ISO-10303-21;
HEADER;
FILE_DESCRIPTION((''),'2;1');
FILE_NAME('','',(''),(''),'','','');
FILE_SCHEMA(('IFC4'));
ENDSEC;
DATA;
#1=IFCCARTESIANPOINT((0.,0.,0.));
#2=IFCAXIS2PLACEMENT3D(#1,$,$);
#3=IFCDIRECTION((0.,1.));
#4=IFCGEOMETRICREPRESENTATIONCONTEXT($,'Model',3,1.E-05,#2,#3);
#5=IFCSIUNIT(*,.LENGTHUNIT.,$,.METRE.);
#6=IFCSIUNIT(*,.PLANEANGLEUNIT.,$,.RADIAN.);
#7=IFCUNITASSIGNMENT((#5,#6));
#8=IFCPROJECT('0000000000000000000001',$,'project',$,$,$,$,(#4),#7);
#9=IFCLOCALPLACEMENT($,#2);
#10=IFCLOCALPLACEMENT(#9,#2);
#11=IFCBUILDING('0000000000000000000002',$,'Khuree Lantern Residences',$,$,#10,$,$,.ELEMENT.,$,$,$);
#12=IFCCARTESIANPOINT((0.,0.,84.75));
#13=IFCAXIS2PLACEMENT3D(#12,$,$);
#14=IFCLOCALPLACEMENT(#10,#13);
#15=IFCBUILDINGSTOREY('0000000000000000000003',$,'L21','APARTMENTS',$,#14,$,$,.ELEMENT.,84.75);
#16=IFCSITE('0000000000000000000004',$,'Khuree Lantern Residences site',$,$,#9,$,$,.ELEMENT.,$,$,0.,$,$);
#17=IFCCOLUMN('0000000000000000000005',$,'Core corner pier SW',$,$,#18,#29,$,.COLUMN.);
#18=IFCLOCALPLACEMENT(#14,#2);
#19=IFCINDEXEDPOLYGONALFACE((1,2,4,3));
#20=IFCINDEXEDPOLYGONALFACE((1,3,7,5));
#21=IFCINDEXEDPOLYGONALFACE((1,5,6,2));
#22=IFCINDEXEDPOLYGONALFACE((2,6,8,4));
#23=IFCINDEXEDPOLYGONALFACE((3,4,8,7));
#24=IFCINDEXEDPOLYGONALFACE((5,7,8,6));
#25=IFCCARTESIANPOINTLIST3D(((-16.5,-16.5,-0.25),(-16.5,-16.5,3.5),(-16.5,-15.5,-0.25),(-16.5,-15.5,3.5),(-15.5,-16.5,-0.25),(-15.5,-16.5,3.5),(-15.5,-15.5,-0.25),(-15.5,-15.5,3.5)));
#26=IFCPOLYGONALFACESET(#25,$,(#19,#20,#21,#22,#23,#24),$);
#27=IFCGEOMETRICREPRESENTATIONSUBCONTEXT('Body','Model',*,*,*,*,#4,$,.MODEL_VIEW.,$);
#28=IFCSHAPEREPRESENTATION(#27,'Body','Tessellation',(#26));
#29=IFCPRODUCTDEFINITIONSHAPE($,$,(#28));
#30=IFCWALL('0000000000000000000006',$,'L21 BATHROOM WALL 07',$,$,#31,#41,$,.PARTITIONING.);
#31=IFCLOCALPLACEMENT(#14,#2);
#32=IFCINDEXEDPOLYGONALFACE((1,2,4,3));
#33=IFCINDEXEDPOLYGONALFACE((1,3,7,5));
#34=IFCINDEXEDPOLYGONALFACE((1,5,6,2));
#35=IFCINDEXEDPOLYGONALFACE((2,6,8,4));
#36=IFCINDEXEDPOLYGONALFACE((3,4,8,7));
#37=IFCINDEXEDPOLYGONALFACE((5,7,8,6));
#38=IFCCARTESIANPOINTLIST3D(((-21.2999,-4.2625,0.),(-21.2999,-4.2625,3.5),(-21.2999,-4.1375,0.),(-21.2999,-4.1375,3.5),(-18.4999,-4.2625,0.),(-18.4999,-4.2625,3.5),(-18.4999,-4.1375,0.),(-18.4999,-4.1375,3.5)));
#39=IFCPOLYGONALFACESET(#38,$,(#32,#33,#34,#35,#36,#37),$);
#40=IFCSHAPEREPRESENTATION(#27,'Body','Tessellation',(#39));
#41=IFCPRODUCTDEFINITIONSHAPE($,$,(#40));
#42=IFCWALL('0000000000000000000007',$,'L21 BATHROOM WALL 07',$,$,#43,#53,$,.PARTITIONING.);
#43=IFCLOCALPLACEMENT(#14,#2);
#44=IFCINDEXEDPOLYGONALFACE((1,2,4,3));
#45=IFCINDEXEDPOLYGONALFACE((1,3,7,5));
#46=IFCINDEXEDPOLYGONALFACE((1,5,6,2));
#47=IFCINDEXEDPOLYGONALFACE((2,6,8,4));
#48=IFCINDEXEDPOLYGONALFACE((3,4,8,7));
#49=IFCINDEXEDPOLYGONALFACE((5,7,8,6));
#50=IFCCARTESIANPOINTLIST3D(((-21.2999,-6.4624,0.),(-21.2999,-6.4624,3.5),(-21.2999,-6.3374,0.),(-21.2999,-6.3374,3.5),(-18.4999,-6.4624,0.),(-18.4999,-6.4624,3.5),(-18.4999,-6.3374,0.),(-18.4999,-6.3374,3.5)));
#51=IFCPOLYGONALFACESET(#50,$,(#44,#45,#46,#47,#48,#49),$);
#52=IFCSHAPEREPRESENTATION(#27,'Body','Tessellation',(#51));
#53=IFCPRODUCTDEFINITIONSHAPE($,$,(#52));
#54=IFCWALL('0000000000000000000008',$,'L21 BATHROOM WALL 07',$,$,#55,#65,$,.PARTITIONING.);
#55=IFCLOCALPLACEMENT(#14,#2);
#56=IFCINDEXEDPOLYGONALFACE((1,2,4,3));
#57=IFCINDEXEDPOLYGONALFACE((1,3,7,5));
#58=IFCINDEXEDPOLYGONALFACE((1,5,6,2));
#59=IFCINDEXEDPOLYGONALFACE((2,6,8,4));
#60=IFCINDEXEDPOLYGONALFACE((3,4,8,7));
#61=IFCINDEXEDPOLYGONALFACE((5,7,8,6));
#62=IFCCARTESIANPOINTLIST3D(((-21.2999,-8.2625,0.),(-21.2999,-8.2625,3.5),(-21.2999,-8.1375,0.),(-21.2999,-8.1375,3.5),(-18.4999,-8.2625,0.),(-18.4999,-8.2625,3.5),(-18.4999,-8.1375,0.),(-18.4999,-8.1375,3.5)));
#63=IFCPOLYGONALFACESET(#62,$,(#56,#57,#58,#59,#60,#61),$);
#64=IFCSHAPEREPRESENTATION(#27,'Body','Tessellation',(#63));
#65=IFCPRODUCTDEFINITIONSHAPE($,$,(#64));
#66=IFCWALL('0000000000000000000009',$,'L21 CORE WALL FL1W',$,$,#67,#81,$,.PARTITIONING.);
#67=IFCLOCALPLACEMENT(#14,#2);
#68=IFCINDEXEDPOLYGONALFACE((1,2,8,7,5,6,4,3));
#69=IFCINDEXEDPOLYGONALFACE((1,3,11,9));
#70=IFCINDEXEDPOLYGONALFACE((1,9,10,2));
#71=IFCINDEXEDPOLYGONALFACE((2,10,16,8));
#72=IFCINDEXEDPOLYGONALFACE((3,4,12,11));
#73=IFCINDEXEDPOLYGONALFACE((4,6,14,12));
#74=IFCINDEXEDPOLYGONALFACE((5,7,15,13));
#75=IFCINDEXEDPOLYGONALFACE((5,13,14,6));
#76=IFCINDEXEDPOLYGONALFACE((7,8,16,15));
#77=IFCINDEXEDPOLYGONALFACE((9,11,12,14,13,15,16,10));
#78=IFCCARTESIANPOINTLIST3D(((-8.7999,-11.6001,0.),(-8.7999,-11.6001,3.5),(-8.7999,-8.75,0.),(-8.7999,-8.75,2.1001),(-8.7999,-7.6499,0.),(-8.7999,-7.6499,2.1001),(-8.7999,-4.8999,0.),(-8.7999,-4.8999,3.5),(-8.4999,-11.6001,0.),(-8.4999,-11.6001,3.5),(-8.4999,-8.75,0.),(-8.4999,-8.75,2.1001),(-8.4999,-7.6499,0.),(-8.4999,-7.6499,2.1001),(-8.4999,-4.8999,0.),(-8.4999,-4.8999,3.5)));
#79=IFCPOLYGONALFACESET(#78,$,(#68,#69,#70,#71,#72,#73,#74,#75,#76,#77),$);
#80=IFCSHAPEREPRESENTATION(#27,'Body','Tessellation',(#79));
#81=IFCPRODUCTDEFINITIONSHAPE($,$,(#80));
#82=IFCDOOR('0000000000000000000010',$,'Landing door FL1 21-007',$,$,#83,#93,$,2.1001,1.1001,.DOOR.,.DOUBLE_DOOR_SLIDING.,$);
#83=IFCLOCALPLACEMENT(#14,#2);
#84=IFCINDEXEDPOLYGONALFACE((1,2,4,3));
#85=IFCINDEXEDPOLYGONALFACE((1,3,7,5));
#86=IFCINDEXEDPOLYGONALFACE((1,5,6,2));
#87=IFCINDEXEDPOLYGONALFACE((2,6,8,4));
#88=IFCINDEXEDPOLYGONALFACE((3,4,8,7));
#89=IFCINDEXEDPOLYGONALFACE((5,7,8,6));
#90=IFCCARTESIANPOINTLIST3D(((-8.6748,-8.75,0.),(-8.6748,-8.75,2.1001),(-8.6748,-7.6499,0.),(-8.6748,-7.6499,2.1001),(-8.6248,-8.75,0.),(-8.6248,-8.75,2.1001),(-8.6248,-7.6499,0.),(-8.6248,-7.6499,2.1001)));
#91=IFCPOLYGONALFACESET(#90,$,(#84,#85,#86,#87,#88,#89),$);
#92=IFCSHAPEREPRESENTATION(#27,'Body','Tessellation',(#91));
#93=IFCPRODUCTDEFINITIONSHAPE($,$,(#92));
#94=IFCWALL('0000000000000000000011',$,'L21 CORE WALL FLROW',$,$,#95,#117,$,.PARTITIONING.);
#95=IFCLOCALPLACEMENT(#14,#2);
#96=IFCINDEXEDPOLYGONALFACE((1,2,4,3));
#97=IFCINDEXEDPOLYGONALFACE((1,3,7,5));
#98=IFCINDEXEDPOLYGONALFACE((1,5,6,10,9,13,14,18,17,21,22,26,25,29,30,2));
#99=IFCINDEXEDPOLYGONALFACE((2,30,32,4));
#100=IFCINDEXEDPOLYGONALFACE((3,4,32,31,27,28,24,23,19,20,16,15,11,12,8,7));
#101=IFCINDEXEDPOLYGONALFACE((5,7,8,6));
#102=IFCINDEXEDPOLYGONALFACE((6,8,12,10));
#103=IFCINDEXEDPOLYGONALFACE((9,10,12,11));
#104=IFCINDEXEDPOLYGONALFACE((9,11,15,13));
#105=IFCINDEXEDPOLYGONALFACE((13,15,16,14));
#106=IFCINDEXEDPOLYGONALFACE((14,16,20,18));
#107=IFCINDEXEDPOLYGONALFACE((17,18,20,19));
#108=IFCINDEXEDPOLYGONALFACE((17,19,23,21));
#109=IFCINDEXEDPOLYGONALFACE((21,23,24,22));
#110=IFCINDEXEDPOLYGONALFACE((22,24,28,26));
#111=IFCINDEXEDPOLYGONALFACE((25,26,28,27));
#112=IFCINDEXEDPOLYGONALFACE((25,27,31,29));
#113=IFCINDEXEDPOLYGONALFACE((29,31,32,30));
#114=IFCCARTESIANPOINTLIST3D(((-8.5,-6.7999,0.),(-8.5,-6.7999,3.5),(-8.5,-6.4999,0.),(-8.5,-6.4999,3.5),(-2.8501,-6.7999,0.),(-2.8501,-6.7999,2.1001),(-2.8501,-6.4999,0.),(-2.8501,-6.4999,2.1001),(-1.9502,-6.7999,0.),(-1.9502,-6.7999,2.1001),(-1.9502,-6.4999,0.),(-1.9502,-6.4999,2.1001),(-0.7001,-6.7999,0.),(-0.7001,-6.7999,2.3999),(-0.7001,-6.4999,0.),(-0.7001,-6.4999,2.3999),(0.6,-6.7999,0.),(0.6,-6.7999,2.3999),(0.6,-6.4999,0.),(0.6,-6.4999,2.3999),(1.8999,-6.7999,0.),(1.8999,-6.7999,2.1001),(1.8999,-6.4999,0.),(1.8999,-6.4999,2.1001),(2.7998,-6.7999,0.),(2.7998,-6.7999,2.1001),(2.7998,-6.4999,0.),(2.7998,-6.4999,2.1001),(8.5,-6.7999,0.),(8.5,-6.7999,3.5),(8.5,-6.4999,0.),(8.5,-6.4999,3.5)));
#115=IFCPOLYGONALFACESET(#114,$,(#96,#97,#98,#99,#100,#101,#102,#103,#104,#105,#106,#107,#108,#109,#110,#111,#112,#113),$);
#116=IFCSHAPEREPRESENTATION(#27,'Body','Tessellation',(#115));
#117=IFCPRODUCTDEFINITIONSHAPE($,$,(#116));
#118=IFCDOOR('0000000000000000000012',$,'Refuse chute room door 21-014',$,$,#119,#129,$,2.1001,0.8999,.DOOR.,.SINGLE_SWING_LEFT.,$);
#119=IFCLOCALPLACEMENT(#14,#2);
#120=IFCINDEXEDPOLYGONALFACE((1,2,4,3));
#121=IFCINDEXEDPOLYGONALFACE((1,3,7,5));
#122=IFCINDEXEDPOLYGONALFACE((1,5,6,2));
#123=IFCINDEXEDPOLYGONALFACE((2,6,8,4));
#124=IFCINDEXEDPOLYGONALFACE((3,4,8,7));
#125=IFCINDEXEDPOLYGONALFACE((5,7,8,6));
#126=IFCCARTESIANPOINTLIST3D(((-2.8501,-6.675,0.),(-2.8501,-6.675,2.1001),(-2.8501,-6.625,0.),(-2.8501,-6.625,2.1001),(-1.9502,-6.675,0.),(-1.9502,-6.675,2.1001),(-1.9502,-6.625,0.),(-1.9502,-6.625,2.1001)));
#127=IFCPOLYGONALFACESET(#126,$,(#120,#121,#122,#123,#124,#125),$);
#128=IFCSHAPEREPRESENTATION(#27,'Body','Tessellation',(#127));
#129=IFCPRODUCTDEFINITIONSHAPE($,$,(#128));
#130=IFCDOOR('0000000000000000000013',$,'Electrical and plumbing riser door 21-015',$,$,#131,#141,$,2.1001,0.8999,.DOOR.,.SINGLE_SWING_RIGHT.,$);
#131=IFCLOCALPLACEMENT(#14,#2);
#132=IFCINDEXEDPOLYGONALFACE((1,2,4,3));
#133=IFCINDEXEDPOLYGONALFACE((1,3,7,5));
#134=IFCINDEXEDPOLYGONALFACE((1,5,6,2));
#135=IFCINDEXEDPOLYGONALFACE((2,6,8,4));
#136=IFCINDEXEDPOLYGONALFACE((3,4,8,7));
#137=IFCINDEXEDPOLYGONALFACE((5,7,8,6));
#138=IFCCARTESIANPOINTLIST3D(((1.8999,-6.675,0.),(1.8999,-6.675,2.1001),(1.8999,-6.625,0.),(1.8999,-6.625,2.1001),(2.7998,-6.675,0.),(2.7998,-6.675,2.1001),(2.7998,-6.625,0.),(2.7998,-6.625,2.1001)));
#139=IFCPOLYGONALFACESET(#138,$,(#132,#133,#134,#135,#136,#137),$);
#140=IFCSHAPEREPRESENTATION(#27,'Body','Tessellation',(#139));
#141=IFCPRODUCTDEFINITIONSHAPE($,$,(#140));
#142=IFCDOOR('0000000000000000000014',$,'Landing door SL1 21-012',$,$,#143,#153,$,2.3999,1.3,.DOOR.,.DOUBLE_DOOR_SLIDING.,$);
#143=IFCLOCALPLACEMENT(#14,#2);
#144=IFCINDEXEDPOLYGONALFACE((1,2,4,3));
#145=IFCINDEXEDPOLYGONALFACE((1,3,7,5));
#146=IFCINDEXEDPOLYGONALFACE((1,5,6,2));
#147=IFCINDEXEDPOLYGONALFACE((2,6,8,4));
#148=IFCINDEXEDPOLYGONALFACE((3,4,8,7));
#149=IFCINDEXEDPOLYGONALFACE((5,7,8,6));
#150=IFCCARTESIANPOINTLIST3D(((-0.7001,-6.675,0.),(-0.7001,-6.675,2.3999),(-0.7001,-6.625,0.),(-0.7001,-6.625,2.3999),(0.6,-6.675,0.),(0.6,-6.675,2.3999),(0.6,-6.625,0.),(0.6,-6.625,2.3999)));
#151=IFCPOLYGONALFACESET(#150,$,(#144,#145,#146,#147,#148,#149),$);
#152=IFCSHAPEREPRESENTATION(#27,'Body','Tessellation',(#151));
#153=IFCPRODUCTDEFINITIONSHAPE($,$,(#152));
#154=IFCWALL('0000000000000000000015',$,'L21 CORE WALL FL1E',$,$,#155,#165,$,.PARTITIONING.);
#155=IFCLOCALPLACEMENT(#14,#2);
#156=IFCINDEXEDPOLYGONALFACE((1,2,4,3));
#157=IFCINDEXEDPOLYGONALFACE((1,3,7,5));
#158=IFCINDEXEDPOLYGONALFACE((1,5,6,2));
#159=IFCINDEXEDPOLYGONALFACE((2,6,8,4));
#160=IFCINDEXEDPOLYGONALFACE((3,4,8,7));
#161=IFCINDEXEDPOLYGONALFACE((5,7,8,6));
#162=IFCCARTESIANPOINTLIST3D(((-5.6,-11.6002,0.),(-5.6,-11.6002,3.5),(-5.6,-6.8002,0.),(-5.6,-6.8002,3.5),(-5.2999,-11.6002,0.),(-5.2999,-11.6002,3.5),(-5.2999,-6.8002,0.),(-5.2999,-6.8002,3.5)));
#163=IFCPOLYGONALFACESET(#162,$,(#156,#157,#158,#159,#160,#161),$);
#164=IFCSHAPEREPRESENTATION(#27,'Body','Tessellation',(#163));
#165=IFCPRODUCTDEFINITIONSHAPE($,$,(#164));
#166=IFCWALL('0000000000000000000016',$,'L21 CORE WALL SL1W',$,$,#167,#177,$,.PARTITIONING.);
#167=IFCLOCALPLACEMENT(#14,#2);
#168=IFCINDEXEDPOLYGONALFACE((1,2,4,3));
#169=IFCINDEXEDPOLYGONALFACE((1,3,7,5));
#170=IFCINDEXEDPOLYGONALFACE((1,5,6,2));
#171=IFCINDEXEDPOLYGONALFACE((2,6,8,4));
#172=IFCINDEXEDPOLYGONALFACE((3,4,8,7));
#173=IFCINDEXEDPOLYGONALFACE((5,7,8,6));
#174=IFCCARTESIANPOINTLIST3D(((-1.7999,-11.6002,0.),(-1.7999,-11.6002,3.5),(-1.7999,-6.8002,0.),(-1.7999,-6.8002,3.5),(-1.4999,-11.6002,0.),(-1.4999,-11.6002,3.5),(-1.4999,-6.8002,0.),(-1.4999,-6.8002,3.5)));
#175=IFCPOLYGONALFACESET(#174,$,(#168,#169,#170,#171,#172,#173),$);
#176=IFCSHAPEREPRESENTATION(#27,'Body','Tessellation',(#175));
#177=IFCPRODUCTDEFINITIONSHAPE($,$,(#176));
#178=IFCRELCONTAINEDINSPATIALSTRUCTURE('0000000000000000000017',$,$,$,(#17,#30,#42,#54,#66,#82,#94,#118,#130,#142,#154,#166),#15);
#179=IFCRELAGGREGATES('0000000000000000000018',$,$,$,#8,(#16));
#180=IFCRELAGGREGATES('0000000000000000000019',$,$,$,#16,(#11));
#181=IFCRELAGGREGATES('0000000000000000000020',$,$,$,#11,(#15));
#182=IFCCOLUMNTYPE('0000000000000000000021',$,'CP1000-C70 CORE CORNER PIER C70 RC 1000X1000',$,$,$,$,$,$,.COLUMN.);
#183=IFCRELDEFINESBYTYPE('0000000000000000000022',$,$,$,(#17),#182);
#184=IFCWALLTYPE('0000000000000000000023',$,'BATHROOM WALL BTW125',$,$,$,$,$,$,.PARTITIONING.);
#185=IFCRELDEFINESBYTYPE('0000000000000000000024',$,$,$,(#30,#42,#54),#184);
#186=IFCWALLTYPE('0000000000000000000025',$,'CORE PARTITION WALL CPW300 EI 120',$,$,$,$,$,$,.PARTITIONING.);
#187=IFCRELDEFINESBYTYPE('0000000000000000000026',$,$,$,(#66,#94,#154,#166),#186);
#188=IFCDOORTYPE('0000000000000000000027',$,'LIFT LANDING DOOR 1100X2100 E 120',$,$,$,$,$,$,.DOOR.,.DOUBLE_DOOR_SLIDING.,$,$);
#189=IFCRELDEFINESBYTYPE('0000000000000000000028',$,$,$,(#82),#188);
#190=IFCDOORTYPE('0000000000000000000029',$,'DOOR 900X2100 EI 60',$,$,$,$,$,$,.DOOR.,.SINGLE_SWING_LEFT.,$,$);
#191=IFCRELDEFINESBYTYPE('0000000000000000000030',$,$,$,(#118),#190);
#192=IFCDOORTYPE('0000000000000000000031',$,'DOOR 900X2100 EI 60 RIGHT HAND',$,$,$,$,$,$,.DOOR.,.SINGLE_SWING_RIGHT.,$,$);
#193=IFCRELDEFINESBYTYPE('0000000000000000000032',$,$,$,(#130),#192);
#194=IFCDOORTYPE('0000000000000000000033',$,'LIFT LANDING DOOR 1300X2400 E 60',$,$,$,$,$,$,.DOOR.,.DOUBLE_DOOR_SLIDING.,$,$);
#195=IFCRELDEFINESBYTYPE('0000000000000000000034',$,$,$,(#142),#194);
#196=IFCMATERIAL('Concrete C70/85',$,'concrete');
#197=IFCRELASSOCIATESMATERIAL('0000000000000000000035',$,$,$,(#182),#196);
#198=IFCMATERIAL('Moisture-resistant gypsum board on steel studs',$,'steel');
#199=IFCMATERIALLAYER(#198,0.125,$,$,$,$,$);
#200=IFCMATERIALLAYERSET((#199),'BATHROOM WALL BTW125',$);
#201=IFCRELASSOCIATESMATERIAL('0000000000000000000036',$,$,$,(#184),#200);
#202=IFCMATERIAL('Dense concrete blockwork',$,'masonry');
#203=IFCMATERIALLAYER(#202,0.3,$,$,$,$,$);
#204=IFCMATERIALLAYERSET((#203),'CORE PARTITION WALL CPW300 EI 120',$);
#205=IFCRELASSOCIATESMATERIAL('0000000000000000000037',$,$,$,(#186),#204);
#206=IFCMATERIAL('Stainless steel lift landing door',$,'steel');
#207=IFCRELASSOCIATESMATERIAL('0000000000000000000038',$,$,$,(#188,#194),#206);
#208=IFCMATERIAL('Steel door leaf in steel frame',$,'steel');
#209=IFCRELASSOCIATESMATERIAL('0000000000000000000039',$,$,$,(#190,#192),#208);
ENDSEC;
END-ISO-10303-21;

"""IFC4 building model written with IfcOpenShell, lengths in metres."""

from ifc_helpers import new_model, si_unit, direction, frame, frame_2d, origin, origin_2d, place, context, subcontext, project, spatial, rectangle, extrude, material, layer, layer_set, material_profile, profile_set, type_object, element, fill, save


model = new_model("IFC4")

# Units and contexts
model_context = context("Model", 3, precision=1e-05, world=origin(), true_north=direction((0.0, 1.0)))
body_context = subcontext(model_context, "Body", "Model", "MODEL_VIEW")
ifc_project = project(units=[si_unit("LENGTHUNIT", "METRE"), si_unit("PLANEANGLEUNIT", "RADIAN")], contexts=[model_context])

# Site, building, storey
site_placement = place(None, origin())
site = spatial("IfcSite", under=ifc_project, at=site_placement, Name="Khuree Lantern Residences site", CompositionType="ELEMENT", RefElevation=0.0)
building_placement = place(site_placement, origin())
building = spatial("IfcBuilding", under=site, at=building_placement, Name="Khuree Lantern Residences", CompositionType="ELEMENT")
storey_placement = place(building_placement, frame((0.0, 0.0, 84.75)))
storey = spatial("IfcBuildingStorey", under=building, at=storey_placement, Name="L21", Description="APARTMENTS", CompositionType="ELEMENT", Elevation=84.75)

# Column
ifc_material_1 = material(Name="Concrete C70/85", Category="concrete")
ifc_material_profile = material_profile(ifc_material_1, rectangle(XDim=1.0, YDim=1.0, at=origin_2d()), Name="RC 1000X1000")
ifc_profile_set = profile_set([ifc_material_profile], Name="Concrete C70/85")
column_type = type_object("IfcColumnType", Name="CP1000-C70 CORE CORNER PIER C70 RC 1000X1000", PredefinedType="COLUMN", material=ifc_profile_set)
column_placement = place(storey_placement, frame((-16.0, -16.0, -0.25), z_axis=(0.0, 0.0, 1.0), x_axis=(1.0, 0.0, 0.0)))
element("IfcColumn", 1, at=column_placement, inside=storey, type_object=column_type, Name="Core corner pier SW", PredefinedType="COLUMN", context=body_context, shape_type="SweptSolid", body=[
    extrude(rectangle(XDim=1.0, YDim=1.0, at=origin_2d()), origin(), (0.0, 0.0, 1.0), 3.75),
])

# Walls
ifc_material_2 = material(Name="Moisture-resistant gypsum board on steel studs", Category="steel")
ifc_layer_1 = layer(ifc_material_2, 0.125)
ifc_layer_set_1 = layer_set([ifc_layer_1], Name="BATHROOM WALL BTW125")
wall_type_1 = type_object("IfcWallType", Name="BATHROOM WALL BTW125", PredefinedType="PARTITIONING", material=ifc_layer_set_1)
for number, where, z_axis, x_axis, name in (
    (2, (-18.5, -4.2, 0.0), (0.0, 0.0, 1.0), (-1.0, 0.0, 0.0), "L21 BATHROOM WALL 07"),
    (3, (-18.5, -6.3999, 0.0), (0.0, 0.0, 1.0), (-1.0, 0.0, 0.0), "L21 BATHROOM WALL 07"),
    (4, (-18.5, -8.2, 0.0), (0.0, 0.0, 1.0), (-1.0, 0.0, 0.0), "L21 BATHROOM WALL 07"),
):
    element("IfcWall", number, at=place(storey_placement, frame(where, z_axis=z_axis, x_axis=x_axis)), inside=storey, type_object=wall_type_1, Name=name, PredefinedType="PARTITIONING", context=body_context, shape_type="SweptSolid", body=[
        extrude(rectangle(XDim=2.8, YDim=0.125, at=frame_2d((1.3999, 0.0))), origin(), (0.0, 0.0, 1.0), 3.5),
    ])

# Wall, opening, door
ifc_material_3 = material(Name="Dense concrete blockwork", Category="masonry")
ifc_layer_2 = layer(ifc_material_3, 0.3)
ifc_layer_set_2 = layer_set([ifc_layer_2], Name="CORE PARTITION WALL CPW300 EI 120")
wall_type_2 = type_object("IfcWallType", Name="CORE PARTITION WALL CPW300 EI 120", PredefinedType="PARTITIONING", material=ifc_layer_set_2)
wall_1_placement = place(storey_placement, frame((-8.6499, -11.6001, 0.0), z_axis=(0.0, 0.0, 1.0), x_axis=(0.0, 1.0, 0.0)))
wall_1 = element("IfcWall", 5, at=wall_1_placement, inside=storey, type_object=wall_type_2, Name="L21 CORE WALL FL1W", PredefinedType="PARTITIONING", context=body_context, shape_type="SweptSolid", body=[
    extrude(rectangle(XDim=6.7002, YDim=0.3, at=frame_2d((3.3501, 0.0))), origin(), (0.0, 0.0, 1.0), 3.5),
])
opening_1_placement = place(wall_1_placement, frame((2.8501, 0.0, 0.0)))
opening_1 = element("IfcOpeningElement", 6, at=opening_1_placement, cuts=wall_1, PredefinedType="OPENING", context=body_context, shape_type="SweptSolid", body=[
    extrude(rectangle(XDim=1.1001, YDim=2.1001, at=frame_2d((0.55, 1.05))), frame((0.0, 0.1602, 0.0), z_axis=(0.0, -1.0, 0.0), x_axis=(1.0, 0.0, 0.0)), (0.0, 0.0, 1.0), 0.3201),
])
ifc_material_4 = material(Name="Stainless steel lift landing door", Category="steel")
door_type_1 = type_object("IfcDoorType", Name="LIFT LANDING DOOR 1100X2100 E 120", OperationType="DOUBLE_DOOR_SLIDING", PredefinedType="DOOR", material=ifc_material_4)
door_1_placement = place(opening_1_placement, origin())
door_1 = element("IfcDoor", 7, at=door_1_placement, inside=storey, type_object=door_type_1, Name="Landing door FL1 21-007", OperationType="DOUBLE_DOOR_SLIDING", OverallHeight=2.1001, OverallWidth=1.1001, PredefinedType="DOOR", context=body_context, shape_type="SweptSolid", body=[
    extrude(rectangle(XDim=1.1001, YDim=2.1001, at=frame_2d((0.55, 1.05))), frame((0.0, 0.0249, 0.0), z_axis=(0.0, -1.0, 0.0), x_axis=(1.0, 0.0, 0.0)), (0.0, 0.0, 1.0), 0.05),
])
fill(opening_1, door_1)

# Wall, openings, doors
wall_2_placement = place(storey_placement, frame((-8.5, -6.6499, 0.0), z_axis=(0.0, 0.0, 1.0), x_axis=(1.0, 0.0, 0.0)))
wall_2 = element("IfcWall", 8, at=wall_2_placement, inside=storey, type_object=wall_type_2, Name="L21 CORE WALL FLROW", PredefinedType="PARTITIONING", context=body_context, shape_type="SweptSolid", body=[
    extrude(rectangle(XDim=17.0, YDim=0.3, at=frame_2d((8.5, 0.0))), origin(), (0.0, 0.0, 1.0), 3.5),
])
opening_2_placement = place(wall_2_placement, frame((7.8, 0.0, 0.0)))
opening_2 = element("IfcOpeningElement", 9, at=opening_2_placement, cuts=wall_2, PredefinedType="OPENING", context=body_context, shape_type="SweptSolid", body=[
    extrude(rectangle(XDim=1.3, YDim=2.3999, at=frame_2d((0.6499, 1.2))), frame((0.0, 0.1602, 0.0), z_axis=(0.0, -1.0, 0.0), x_axis=(1.0, 0.0, 0.0)), (0.0, 0.0, 1.0), 0.3201),
])
opening_3_placement = place(wall_2_placement, frame((5.6499, 0.0, 0.0)))
opening_3 = element("IfcOpeningElement", 10, at=opening_3_placement, cuts=wall_2, PredefinedType="OPENING", context=body_context, shape_type="SweptSolid", body=[
    extrude(rectangle(XDim=0.8999, YDim=2.1001, at=frame_2d((0.45, 1.05))), frame((0.0, 0.1602, 0.0), z_axis=(0.0, -1.0, 0.0), x_axis=(1.0, 0.0, 0.0)), (0.0, 0.0, 1.0), 0.3201),
])
opening_4_placement = place(wall_2_placement, frame((10.3999, 0.0, 0.0)))
opening_4 = element("IfcOpeningElement", 11, at=opening_4_placement, cuts=wall_2, PredefinedType="OPENING", context=body_context, shape_type="SweptSolid", body=[
    extrude(rectangle(XDim=0.8999, YDim=2.1001, at=frame_2d((0.45, 1.05))), frame((0.0, 0.1602, 0.0), z_axis=(0.0, -1.0, 0.0), x_axis=(1.0, 0.0, 0.0)), (0.0, 0.0, 1.0), 0.3201),
])
ifc_material_5 = material(Name="Steel door leaf in steel frame", Category="steel")
door_type_2 = type_object("IfcDoorType", Name="DOOR 900X2100 EI 60", OperationType="SINGLE_SWING_LEFT", PredefinedType="DOOR", material=ifc_material_5)
door_2_placement = place(opening_3_placement, origin())
door_2 = element("IfcDoor", 12, at=door_2_placement, inside=storey, type_object=door_type_2, Name="Refuse chute room door 21-014", OperationType="SINGLE_SWING_LEFT", OverallHeight=2.1001, OverallWidth=0.8999, PredefinedType="DOOR", context=body_context, shape_type="SweptSolid", body=[
    extrude(rectangle(XDim=0.8999, YDim=2.1001, at=frame_2d((0.45, 1.05))), frame((0.0, 0.0249, 0.0), z_axis=(0.0, -1.0, 0.0), x_axis=(1.0, 0.0, 0.0)), (0.0, 0.0, 1.0), 0.05),
])
fill(opening_3, door_2)
door_type_3 = type_object("IfcDoorType", Name="DOOR 900X2100 EI 60 RIGHT HAND", OperationType="SINGLE_SWING_RIGHT", PredefinedType="DOOR", material=ifc_material_5)
door_3_placement = place(opening_4_placement, origin())
door_3 = element("IfcDoor", 13, at=door_3_placement, inside=storey, type_object=door_type_3, Name="Electrical and plumbing riser door 21-015", OperationType="SINGLE_SWING_RIGHT", OverallHeight=2.1001, OverallWidth=0.8999, PredefinedType="DOOR", context=body_context, shape_type="SweptSolid", body=[
    extrude(rectangle(XDim=0.8999, YDim=2.1001, at=frame_2d((0.45, 1.05))), frame((0.0, 0.0249, 0.0), z_axis=(0.0, -1.0, 0.0), x_axis=(1.0, 0.0, 0.0)), (0.0, 0.0, 1.0), 0.05),
])
fill(opening_4, door_3)
door_type_4 = type_object("IfcDoorType", Name="LIFT LANDING DOOR 1300X2400 E 60", OperationType="DOUBLE_DOOR_SLIDING", PredefinedType="DOOR", material=ifc_material_4)
door_4_placement = place(opening_2_placement, origin())
door_4 = element("IfcDoor", 14, at=door_4_placement, inside=storey, type_object=door_type_4, Name="Landing door SL1 21-012", OperationType="DOUBLE_DOOR_SLIDING", OverallHeight=2.3999, OverallWidth=1.3, PredefinedType="DOOR", context=body_context, shape_type="SweptSolid", body=[
    extrude(rectangle(XDim=1.3, YDim=2.3999, at=frame_2d((0.6499, 1.2))), frame((0.0, 0.0249, 0.0), z_axis=(0.0, -1.0, 0.0), x_axis=(1.0, 0.0, 0.0)), (0.0, 0.0, 1.0), 0.05),
])
fill(opening_2, door_4)

# Walls
for number, where, z_axis, x_axis, name in (
    (15, (-5.45, -11.6001, 0.0), (0.0, 0.0, 1.0), (0.0, 1.0, 0.0), "L21 CORE WALL FL1E"),
    (16, (-1.6499, -11.6001, 0.0), (0.0, 0.0, 1.0), (0.0, 1.0, 0.0), "L21 CORE WALL SL1W"),
):
    element("IfcWall", number, at=place(storey_placement, frame(where, z_axis=z_axis, x_axis=x_axis)), inside=storey, type_object=wall_type_2, Name=name, PredefinedType="PARTITIONING", context=body_context, shape_type="SweptSolid", body=[
        extrude(rectangle(XDim=4.8, YDim=0.3, at=frame_2d((2.3999, 0.0))), origin(), (0.0, 0.0, 1.0), 3.5),
    ])

save(model, "model.ifc")
